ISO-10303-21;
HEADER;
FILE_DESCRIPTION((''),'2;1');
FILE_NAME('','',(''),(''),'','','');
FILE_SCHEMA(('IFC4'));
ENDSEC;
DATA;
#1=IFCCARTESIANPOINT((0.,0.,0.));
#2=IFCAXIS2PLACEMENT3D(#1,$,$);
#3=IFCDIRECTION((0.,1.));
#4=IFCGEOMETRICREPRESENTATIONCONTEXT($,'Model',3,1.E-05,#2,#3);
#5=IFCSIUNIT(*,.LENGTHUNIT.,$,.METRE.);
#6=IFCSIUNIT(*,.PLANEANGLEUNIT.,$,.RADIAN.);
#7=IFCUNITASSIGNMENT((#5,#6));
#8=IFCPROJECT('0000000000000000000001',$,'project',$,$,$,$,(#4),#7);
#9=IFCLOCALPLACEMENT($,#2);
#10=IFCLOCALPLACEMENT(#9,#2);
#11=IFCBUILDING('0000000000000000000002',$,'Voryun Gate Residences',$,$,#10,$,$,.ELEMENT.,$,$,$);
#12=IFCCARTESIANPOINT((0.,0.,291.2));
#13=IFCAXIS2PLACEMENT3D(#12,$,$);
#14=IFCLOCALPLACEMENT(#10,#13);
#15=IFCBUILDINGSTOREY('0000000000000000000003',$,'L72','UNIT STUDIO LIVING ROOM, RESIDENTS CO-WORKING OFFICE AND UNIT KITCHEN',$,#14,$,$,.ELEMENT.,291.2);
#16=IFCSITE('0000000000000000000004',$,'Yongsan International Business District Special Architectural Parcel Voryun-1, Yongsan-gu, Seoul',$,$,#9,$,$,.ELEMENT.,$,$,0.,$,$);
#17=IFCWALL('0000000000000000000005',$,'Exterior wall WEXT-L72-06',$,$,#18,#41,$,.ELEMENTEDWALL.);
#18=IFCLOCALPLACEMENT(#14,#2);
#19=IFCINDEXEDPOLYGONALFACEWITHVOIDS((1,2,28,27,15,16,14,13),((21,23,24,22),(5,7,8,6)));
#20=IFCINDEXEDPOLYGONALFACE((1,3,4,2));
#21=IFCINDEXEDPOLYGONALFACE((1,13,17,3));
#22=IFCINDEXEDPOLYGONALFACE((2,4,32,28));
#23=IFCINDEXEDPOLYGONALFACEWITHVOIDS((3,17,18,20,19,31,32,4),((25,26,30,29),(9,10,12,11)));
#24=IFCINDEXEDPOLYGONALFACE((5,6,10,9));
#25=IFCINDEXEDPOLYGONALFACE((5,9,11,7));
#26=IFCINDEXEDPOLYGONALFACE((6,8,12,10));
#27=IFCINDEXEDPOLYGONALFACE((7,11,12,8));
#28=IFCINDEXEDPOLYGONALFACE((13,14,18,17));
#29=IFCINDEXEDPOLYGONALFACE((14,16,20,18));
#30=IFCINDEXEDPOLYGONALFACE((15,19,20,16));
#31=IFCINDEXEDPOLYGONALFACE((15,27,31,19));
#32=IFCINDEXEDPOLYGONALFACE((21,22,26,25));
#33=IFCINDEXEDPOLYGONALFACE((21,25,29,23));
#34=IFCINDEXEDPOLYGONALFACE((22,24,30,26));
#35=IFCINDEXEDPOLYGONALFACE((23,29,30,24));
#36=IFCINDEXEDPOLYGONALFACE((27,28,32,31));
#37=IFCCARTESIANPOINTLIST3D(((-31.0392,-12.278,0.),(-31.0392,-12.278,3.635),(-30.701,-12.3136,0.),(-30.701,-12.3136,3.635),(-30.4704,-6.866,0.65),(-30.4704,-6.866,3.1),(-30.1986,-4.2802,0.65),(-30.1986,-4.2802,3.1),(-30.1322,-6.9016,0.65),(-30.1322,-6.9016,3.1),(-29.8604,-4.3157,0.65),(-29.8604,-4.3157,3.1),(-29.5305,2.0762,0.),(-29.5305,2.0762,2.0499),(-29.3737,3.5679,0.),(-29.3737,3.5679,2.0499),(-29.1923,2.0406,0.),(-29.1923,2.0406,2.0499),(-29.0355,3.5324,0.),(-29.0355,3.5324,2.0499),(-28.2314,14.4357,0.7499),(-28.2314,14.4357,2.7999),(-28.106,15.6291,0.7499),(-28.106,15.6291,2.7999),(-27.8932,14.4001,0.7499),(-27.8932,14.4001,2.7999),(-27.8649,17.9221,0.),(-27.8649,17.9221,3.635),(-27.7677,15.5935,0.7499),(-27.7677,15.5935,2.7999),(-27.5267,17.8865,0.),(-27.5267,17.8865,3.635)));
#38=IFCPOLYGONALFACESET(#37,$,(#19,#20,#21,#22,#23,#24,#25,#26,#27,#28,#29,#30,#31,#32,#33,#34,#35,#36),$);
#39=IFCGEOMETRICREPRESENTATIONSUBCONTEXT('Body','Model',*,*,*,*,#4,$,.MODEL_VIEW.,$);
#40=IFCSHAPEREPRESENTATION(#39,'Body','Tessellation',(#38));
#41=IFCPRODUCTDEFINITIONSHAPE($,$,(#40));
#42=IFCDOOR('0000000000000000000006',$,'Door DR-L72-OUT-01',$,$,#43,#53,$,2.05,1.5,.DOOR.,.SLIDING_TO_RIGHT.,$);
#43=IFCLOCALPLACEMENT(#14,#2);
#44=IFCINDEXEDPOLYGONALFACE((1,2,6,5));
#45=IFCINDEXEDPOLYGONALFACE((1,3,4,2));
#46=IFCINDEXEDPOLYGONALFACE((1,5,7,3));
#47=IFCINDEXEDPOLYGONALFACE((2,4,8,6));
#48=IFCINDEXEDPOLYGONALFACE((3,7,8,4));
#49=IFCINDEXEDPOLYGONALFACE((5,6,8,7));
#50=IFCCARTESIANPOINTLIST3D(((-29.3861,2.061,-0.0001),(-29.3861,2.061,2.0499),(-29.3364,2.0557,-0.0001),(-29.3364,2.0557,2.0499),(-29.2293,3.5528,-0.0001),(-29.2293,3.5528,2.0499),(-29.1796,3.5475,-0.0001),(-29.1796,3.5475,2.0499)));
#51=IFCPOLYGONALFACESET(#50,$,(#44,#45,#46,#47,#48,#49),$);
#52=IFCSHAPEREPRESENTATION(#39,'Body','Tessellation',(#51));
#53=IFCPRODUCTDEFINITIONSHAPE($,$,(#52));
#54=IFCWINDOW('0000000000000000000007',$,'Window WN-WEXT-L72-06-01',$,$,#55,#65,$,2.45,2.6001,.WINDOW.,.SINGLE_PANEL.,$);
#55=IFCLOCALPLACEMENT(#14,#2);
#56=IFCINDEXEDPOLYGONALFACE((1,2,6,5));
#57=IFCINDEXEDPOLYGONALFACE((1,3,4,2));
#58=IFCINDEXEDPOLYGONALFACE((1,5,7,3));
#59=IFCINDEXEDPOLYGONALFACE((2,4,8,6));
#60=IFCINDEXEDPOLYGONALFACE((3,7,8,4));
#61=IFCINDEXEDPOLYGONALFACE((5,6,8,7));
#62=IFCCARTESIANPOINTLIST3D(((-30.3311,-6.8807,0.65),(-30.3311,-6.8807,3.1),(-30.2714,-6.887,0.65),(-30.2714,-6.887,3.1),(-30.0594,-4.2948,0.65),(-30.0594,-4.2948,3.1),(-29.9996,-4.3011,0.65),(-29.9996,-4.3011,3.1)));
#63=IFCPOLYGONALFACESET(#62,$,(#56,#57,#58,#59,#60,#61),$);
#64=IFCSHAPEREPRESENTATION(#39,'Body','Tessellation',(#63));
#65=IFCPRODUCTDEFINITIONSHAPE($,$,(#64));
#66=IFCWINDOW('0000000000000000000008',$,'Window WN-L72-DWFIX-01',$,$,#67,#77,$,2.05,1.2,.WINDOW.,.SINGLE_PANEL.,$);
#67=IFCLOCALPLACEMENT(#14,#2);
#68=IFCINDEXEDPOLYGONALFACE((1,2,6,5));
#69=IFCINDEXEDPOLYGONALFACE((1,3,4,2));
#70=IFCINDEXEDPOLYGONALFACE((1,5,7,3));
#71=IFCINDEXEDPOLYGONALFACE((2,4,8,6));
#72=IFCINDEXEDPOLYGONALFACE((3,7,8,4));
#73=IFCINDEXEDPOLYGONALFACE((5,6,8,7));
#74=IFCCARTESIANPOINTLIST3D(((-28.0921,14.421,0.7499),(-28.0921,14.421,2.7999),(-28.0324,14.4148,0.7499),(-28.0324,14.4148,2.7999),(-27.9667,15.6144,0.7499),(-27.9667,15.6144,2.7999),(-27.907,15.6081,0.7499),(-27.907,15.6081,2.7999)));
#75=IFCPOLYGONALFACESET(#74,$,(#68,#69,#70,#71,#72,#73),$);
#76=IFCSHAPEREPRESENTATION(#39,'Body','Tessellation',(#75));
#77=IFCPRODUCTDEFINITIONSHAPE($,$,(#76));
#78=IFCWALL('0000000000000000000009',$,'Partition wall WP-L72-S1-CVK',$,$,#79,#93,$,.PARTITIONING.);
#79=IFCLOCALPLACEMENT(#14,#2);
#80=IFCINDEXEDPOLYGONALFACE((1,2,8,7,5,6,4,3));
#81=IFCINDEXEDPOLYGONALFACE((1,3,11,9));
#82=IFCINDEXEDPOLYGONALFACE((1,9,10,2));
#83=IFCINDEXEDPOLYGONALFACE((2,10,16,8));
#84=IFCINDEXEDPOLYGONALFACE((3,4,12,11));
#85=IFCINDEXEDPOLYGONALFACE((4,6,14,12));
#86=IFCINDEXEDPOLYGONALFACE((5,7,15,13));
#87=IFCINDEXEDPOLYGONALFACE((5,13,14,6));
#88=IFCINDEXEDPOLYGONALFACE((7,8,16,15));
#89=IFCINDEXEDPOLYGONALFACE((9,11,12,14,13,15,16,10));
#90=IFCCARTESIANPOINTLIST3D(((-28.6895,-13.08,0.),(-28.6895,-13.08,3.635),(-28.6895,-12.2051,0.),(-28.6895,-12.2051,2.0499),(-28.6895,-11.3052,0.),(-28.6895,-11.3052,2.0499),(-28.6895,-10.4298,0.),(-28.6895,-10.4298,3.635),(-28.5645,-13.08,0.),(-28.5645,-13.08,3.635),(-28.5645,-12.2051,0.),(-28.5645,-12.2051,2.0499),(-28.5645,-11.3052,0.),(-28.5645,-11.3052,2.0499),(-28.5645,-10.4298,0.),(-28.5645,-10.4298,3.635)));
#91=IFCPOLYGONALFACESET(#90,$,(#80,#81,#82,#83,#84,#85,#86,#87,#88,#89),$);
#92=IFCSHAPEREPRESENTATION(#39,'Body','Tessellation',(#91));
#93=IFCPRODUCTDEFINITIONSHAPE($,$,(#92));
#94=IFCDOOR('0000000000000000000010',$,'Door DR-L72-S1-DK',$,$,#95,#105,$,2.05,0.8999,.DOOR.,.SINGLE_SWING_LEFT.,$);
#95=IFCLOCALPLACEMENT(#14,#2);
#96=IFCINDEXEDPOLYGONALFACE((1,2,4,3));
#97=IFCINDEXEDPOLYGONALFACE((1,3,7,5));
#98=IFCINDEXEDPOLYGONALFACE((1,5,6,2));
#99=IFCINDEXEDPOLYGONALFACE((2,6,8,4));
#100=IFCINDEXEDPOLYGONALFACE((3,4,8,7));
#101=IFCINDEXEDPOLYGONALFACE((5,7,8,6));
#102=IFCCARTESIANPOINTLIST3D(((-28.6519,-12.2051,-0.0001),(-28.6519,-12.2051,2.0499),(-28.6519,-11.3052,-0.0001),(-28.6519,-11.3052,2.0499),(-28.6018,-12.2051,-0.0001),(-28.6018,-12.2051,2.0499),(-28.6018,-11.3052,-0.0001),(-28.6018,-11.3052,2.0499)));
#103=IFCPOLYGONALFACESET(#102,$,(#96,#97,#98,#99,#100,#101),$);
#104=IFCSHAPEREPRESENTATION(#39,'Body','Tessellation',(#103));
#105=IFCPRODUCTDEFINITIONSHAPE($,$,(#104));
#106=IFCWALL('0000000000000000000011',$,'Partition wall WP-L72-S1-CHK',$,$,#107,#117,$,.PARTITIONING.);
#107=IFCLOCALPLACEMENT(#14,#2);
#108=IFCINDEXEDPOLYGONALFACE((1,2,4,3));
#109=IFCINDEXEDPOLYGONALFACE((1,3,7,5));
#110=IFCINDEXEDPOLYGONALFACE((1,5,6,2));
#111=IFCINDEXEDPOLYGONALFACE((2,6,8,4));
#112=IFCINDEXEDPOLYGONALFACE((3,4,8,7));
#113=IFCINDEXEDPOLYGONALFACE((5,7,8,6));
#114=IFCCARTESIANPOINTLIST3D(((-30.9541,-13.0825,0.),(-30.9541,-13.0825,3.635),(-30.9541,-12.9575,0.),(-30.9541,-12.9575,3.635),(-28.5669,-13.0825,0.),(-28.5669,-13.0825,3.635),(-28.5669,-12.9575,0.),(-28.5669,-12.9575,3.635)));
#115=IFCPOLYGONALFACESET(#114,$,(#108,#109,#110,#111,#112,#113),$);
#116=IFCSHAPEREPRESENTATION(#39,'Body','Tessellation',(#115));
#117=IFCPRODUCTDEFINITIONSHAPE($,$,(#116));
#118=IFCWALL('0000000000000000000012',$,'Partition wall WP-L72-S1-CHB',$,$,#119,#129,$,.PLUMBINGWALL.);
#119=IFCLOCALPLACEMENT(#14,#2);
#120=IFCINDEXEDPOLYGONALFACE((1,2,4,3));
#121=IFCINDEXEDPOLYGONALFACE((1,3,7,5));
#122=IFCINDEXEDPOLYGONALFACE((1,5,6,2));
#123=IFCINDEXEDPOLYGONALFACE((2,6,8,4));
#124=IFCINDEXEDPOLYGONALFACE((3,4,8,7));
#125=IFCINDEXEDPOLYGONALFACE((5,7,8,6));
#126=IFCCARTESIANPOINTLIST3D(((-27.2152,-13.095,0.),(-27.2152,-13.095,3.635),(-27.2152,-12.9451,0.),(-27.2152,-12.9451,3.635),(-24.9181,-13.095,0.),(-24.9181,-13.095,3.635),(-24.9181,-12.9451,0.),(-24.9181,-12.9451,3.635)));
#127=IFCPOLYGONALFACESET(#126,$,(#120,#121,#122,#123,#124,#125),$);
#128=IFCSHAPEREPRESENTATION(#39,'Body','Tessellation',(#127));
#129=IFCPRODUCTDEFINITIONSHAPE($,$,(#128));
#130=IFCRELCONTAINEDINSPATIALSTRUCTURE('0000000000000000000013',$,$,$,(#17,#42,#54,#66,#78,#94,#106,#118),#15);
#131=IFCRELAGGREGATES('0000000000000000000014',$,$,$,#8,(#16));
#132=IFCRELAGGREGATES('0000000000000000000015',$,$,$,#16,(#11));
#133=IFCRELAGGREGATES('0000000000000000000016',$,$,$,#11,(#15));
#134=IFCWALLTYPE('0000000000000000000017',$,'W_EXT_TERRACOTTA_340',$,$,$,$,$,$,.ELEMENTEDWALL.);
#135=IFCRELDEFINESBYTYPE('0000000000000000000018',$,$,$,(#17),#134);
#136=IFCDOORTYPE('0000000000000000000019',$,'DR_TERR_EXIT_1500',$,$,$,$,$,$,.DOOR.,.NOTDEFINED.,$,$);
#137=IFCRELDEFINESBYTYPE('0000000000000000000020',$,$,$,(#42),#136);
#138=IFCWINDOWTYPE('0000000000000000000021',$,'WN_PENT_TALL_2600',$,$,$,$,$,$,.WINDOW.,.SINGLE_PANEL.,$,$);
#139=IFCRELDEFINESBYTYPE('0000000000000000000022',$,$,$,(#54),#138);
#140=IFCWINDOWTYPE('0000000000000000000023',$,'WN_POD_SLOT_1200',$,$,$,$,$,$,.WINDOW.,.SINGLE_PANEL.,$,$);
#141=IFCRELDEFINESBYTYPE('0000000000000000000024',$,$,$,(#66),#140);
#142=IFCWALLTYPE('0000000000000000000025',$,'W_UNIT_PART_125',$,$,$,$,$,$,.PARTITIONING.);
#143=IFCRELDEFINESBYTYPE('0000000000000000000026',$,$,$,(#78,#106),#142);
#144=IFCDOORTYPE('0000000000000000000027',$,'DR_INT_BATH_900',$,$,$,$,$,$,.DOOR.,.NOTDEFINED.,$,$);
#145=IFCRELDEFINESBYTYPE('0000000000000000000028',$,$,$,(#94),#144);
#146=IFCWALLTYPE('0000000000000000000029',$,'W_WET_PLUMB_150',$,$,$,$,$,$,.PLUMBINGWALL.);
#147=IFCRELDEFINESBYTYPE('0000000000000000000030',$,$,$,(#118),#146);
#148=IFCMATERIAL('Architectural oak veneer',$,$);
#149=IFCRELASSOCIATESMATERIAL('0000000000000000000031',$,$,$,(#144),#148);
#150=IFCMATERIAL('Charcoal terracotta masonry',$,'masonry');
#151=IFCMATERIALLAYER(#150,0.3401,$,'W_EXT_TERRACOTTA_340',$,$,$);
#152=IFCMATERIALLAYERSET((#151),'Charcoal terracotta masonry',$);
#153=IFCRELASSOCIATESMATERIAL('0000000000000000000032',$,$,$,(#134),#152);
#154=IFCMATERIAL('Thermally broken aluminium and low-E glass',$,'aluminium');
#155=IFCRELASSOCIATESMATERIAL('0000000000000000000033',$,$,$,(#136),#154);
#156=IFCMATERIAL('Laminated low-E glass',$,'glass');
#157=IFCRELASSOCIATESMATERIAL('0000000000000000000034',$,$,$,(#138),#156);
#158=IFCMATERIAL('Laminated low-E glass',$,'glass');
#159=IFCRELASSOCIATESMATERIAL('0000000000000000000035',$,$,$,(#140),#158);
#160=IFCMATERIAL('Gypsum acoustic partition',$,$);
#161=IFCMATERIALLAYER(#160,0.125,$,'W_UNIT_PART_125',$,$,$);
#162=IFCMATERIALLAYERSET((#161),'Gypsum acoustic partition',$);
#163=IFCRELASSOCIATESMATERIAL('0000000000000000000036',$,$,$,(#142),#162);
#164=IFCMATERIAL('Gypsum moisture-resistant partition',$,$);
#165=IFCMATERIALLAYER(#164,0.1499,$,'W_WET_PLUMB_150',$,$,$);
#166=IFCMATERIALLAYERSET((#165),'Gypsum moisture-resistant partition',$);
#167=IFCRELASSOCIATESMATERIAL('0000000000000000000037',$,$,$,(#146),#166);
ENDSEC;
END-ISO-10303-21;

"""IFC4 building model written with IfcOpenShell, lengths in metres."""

from ifc_helpers import new_model, si_unit, direction, frame, frame_2d, origin, place, context, subcontext, project, spatial, rectangle, extrude, material, layer, layer_set, type_object, element, fill, save


model = new_model("IFC4")

# Units and contexts
model_context = context("Model", 3, precision=1e-05, world=origin(), true_north=direction((0.0, 1.0)))
body_context = subcontext(model_context, "Body", "Model", "MODEL_VIEW")
ifc_project = project(units=[si_unit("LENGTHUNIT", "METRE"), si_unit("PLANEANGLEUNIT", "RADIAN")], contexts=[model_context])

# Site, building, storey
site_placement = place(None, origin())
site = spatial("IfcSite", under=ifc_project, at=site_placement, Name="Yongsan International Business District Special Architectural Parcel Voryun-1, Yongsan-gu, Seoul", CompositionType="ELEMENT", RefElevation=0.0)
building_placement = place(site_placement, origin())
building = spatial("IfcBuilding", under=site, at=building_placement, Name="Voryun Gate Residences", CompositionType="ELEMENT")
storey_placement = place(building_placement, frame((0.0, 0.0, 291.2)))
storey = spatial("IfcBuildingStorey", under=building, at=storey_placement, Name="L72", Description="UNIT STUDIO LIVING ROOM, RESIDENTS CO-WORKING OFFICE AND UNIT KITCHEN", CompositionType="ELEMENT", Elevation=291.2)

# Shared definitions
ifc_material_1 = material(Name="Architectural oak veneer")
door_type_1 = type_object("IfcDoorType", Name="DR_INT_BATH_900", OperationType="NOTDEFINED", PredefinedType="DOOR", material=ifc_material_1)

# Shared definitions
ifc_material_2 = material(Name="Charcoal terracotta masonry", Category="masonry")
ifc_layer_1 = layer(ifc_material_2, 0.3401, Name="W_EXT_TERRACOTTA_340")
ifc_layer_set_1 = layer_set([ifc_layer_1], Name="Charcoal terracotta masonry")
wall_type_1 = type_object("IfcWallType", Name="W_EXT_TERRACOTTA_340", PredefinedType="ELEMENTEDWALL", material=ifc_layer_set_1)

# Wall, openings, door, windows
wall_1_placement = place(storey_placement, frame((-30.8701, -12.2957, 0.0), z_axis=(0.0, 0.0, 1.0), x_axis=(0.104533, 0.994521, 0.0)))
wall_1 = element("IfcWall", 1, at=wall_1_placement, inside=storey, type_object=wall_type_1, Name="Exterior wall WEXT-L72-06", PredefinedType="ELEMENTEDWALL", context=body_context, shape_type="SweptSolid", body=[
    extrude(rectangle(XDim=30.3665, YDim=0.3401, at=frame_2d((15.1831, 0.0))), origin(), (0.0, 0.0, 1.0), 3.635),
])
opening_1_placement = place(wall_1_placement, frame((14.4331, 0.0, 0.0)))
opening_1 = element("IfcOpeningElement", 2, at=opening_1_placement, cuts=wall_1, PredefinedType="OPENING", context=body_context, shape_type="SweptSolid", body=[
    extrude(rectangle(XDim=1.5, YDim=2.05, at=frame_2d((0.75, 1.0249))), frame((0.0, 0.1799, 0.0), z_axis=(0.0, -1.0, 0.0), x_axis=(1.0, 0.0, 0.0)), (0.0, 0.0, 1.0), 0.3601),
])
opening_2_placement = place(wall_1_placement, frame((5.4417, 0.0, 0.6499)))
opening_2 = element("IfcOpeningElement", 3, at=opening_2_placement, cuts=wall_1, PredefinedType="OPENING", context=body_context, shape_type="SweptSolid", body=[
    extrude(rectangle(XDim=2.6001, YDim=2.45, at=frame_2d((1.3, 1.2251))), frame((0.0, 0.1799, 0.0), z_axis=(0.0, -1.0, 0.0), x_axis=(1.0, 0.0, 0.0)), (0.0, 0.0, 1.0), 0.3601),
])
opening_3_placement = place(wall_1_placement, frame((26.8606, 0.0, 0.75)))
opening_3 = element("IfcOpeningElement", 4, at=opening_3_placement, cuts=wall_1, PredefinedType="OPENING", context=body_context, shape_type="SweptSolid", body=[
    extrude(rectangle(XDim=1.2, YDim=2.05, at=frame_2d((0.6001, 1.0249))), frame((0.0, 0.1799, 0.0), z_axis=(0.0, -1.0, 0.0), x_axis=(1.0, 0.0, 0.0)), (0.0, 0.0, 1.0), 0.3601),
])
ifc_material_3 = material(Name="Thermally broken aluminium and low-E glass", Category="aluminium")
door_type_2 = type_object("IfcDoorType", Name="DR_TERR_EXIT_1500", OperationType="NOTDEFINED", PredefinedType="DOOR", material=ifc_material_3)
door_1_placement = place(opening_1_placement, origin())
door_1 = element("IfcDoor", 5, at=door_1_placement, inside=storey, type_object=door_type_2, Name="Door DR-L72-OUT-01", OperationType="SLIDING_TO_RIGHT", OverallHeight=2.05, OverallWidth=1.5, PredefinedType="DOOR", context=body_context, shape_type="SweptSolid", body=[
    extrude(rectangle(XDim=1.5, YDim=2.05, at=frame_2d((0.75, 1.0249))), frame((0.0, 0.0249, 0.0), z_axis=(0.0, -1.0, 0.0), x_axis=(1.0, 0.0, 0.0)), (0.0, 0.0, 1.0), 0.05),
])
fill(opening_1, door_1)
ifc_material_4 = material(Name="Laminated low-E glass", Category="glass")
window_type_1 = type_object("IfcWindowType", Name="WN_PENT_TALL_2600", PartitioningType="SINGLE_PANEL", PredefinedType="WINDOW", material=ifc_material_4)
window_1_placement = place(opening_2_placement, origin())
window_1 = element("IfcWindow", 6, at=window_1_placement, inside=storey, type_object=window_type_1, Name="Window WN-WEXT-L72-06-01", OverallHeight=2.45, OverallWidth=2.6001, PartitioningType="SINGLE_PANEL", PredefinedType="WINDOW", context=body_context, shape_type="SweptSolid", body=[
    extrude(rectangle(XDim=2.6001, YDim=2.45, at=frame_2d((1.3, 1.2251))), frame((0.0, 0.03, 0.0), z_axis=(0.0, -1.0, 0.0), x_axis=(1.0, 0.0, 0.0)), (0.0, 0.0, 1.0), 0.0601),
])
fill(opening_2, window_1)
ifc_material_5 = material(Name="Laminated low-E glass", Category="glass")
window_type_2 = type_object("IfcWindowType", Name="WN_POD_SLOT_1200", PartitioningType="SINGLE_PANEL", PredefinedType="WINDOW", material=ifc_material_5)
window_2_placement = place(opening_3_placement, origin())
window_2 = element("IfcWindow", 7, at=window_2_placement, inside=storey, type_object=window_type_2, Name="Window WN-L72-DWFIX-01", OverallHeight=2.05, OverallWidth=1.2, PartitioningType="SINGLE_PANEL", PredefinedType="WINDOW", context=body_context, shape_type="SweptSolid", body=[
    extrude(rectangle(XDim=1.2, YDim=2.05, at=frame_2d((0.6001, 1.0249))), frame((0.0, 0.03, 0.0), z_axis=(0.0, -1.0, 0.0), x_axis=(1.0, 0.0, 0.0)), (0.0, 0.0, 1.0), 0.0601),
])
fill(opening_3, window_2)

# Wall, opening, door
ifc_material_6 = material(Name="Gypsum acoustic partition")
ifc_layer_2 = layer(ifc_material_6, 0.125, Name="W_UNIT_PART_125")
ifc_layer_set_2 = layer_set([ifc_layer_2], Name="Gypsum acoustic partition")
wall_type_2 = type_object("IfcWallType", Name="W_UNIT_PART_125", PredefinedType="PARTITIONING", material=ifc_layer_set_2)
wall_2_placement = place(storey_placement, frame((-28.627, -13.0801, 0.0), z_axis=(0.0, 0.0, 1.0), x_axis=(0.0, 1.0, 0.0)))
wall_2 = element("IfcWall", 8, at=wall_2_placement, inside=storey, type_object=wall_type_2, Name="Partition wall WP-L72-S1-CVK", PredefinedType="PARTITIONING", context=body_context, shape_type="SweptSolid", body=[
    extrude(rectangle(XDim=2.6501, YDim=0.125, at=frame_2d((1.3252, 0.0))), origin(), (0.0, 0.0, 1.0), 3.635),
])
opening_4_placement = place(wall_2_placement, frame((0.875, 0.0, 0.0)))
opening_4 = element("IfcOpeningElement", 9, at=opening_4_placement, cuts=wall_2, PredefinedType="OPENING", context=body_context, shape_type="SweptSolid", body=[
    extrude(rectangle(XDim=0.8999, YDim=2.05, at=frame_2d((0.45, 1.0249))), frame((0.0, 0.0725, 0.0), z_axis=(0.0, -1.0, 0.0), x_axis=(1.0, 0.0, 0.0)), (0.0, 0.0, 1.0), 0.145),
])
door_2_placement = place(opening_4_placement, origin())
door_2 = element("IfcDoor", 10, at=door_2_placement, inside=storey, type_object=door_type_1, Name="Door DR-L72-S1-DK", OperationType="SINGLE_SWING_LEFT", OverallHeight=2.05, OverallWidth=0.8999, PredefinedType="DOOR", context=body_context, shape_type="SweptSolid", body=[
    extrude(rectangle(XDim=0.8999, YDim=2.05, at=frame_2d((0.45, 1.0249))), frame((0.0, 0.0249, 0.0), z_axis=(0.0, -1.0, 0.0), x_axis=(1.0, 0.0, 0.0)), (0.0, 0.0, 1.0), 0.05),
])
fill(opening_4, door_2)

# Walls
wall_3_placement = place(storey_placement, frame((-30.9541, -13.02, 0.0), z_axis=(0.0, 0.0, 1.0), x_axis=(1.0, 0.0, 0.0)))
element("IfcWall", 11, at=wall_3_placement, inside=storey, type_object=wall_type_2, Name="Partition wall WP-L72-S1-CHK", PredefinedType="PARTITIONING", context=body_context, shape_type="SweptSolid", body=[
    extrude(rectangle(XDim=2.3872, YDim=0.125, at=frame_2d((1.1936, 0.0))), origin(), (0.0, 0.0, 1.0), 3.635),
])
ifc_material_7 = material(Name="Gypsum moisture-resistant partition")
ifc_layer_3 = layer(ifc_material_7, 0.1499, Name="W_WET_PLUMB_150")
ifc_layer_set_3 = layer_set([ifc_layer_3], Name="Gypsum moisture-resistant partition")
wall_type_3 = type_object("IfcWallType", Name="W_WET_PLUMB_150", PredefinedType="PLUMBINGWALL", material=ifc_layer_set_3)
wall_4_placement = place(storey_placement, frame((-27.2151, -13.02, 0.0), z_axis=(0.0, 0.0, 1.0), x_axis=(1.0, 0.0, 0.0)))
element("IfcWall", 12, at=wall_4_placement, inside=storey, type_object=wall_type_3, Name="Partition wall WP-L72-S1-CHB", PredefinedType="PLUMBINGWALL", context=body_context, shape_type="SweptSolid", body=[
    extrude(rectangle(XDim=2.2971, YDim=0.1499, at=frame_2d((1.1484, 0.0))), origin(), (0.0, 0.0, 1.0), 3.635),
])

save(model, "model.ifc")
